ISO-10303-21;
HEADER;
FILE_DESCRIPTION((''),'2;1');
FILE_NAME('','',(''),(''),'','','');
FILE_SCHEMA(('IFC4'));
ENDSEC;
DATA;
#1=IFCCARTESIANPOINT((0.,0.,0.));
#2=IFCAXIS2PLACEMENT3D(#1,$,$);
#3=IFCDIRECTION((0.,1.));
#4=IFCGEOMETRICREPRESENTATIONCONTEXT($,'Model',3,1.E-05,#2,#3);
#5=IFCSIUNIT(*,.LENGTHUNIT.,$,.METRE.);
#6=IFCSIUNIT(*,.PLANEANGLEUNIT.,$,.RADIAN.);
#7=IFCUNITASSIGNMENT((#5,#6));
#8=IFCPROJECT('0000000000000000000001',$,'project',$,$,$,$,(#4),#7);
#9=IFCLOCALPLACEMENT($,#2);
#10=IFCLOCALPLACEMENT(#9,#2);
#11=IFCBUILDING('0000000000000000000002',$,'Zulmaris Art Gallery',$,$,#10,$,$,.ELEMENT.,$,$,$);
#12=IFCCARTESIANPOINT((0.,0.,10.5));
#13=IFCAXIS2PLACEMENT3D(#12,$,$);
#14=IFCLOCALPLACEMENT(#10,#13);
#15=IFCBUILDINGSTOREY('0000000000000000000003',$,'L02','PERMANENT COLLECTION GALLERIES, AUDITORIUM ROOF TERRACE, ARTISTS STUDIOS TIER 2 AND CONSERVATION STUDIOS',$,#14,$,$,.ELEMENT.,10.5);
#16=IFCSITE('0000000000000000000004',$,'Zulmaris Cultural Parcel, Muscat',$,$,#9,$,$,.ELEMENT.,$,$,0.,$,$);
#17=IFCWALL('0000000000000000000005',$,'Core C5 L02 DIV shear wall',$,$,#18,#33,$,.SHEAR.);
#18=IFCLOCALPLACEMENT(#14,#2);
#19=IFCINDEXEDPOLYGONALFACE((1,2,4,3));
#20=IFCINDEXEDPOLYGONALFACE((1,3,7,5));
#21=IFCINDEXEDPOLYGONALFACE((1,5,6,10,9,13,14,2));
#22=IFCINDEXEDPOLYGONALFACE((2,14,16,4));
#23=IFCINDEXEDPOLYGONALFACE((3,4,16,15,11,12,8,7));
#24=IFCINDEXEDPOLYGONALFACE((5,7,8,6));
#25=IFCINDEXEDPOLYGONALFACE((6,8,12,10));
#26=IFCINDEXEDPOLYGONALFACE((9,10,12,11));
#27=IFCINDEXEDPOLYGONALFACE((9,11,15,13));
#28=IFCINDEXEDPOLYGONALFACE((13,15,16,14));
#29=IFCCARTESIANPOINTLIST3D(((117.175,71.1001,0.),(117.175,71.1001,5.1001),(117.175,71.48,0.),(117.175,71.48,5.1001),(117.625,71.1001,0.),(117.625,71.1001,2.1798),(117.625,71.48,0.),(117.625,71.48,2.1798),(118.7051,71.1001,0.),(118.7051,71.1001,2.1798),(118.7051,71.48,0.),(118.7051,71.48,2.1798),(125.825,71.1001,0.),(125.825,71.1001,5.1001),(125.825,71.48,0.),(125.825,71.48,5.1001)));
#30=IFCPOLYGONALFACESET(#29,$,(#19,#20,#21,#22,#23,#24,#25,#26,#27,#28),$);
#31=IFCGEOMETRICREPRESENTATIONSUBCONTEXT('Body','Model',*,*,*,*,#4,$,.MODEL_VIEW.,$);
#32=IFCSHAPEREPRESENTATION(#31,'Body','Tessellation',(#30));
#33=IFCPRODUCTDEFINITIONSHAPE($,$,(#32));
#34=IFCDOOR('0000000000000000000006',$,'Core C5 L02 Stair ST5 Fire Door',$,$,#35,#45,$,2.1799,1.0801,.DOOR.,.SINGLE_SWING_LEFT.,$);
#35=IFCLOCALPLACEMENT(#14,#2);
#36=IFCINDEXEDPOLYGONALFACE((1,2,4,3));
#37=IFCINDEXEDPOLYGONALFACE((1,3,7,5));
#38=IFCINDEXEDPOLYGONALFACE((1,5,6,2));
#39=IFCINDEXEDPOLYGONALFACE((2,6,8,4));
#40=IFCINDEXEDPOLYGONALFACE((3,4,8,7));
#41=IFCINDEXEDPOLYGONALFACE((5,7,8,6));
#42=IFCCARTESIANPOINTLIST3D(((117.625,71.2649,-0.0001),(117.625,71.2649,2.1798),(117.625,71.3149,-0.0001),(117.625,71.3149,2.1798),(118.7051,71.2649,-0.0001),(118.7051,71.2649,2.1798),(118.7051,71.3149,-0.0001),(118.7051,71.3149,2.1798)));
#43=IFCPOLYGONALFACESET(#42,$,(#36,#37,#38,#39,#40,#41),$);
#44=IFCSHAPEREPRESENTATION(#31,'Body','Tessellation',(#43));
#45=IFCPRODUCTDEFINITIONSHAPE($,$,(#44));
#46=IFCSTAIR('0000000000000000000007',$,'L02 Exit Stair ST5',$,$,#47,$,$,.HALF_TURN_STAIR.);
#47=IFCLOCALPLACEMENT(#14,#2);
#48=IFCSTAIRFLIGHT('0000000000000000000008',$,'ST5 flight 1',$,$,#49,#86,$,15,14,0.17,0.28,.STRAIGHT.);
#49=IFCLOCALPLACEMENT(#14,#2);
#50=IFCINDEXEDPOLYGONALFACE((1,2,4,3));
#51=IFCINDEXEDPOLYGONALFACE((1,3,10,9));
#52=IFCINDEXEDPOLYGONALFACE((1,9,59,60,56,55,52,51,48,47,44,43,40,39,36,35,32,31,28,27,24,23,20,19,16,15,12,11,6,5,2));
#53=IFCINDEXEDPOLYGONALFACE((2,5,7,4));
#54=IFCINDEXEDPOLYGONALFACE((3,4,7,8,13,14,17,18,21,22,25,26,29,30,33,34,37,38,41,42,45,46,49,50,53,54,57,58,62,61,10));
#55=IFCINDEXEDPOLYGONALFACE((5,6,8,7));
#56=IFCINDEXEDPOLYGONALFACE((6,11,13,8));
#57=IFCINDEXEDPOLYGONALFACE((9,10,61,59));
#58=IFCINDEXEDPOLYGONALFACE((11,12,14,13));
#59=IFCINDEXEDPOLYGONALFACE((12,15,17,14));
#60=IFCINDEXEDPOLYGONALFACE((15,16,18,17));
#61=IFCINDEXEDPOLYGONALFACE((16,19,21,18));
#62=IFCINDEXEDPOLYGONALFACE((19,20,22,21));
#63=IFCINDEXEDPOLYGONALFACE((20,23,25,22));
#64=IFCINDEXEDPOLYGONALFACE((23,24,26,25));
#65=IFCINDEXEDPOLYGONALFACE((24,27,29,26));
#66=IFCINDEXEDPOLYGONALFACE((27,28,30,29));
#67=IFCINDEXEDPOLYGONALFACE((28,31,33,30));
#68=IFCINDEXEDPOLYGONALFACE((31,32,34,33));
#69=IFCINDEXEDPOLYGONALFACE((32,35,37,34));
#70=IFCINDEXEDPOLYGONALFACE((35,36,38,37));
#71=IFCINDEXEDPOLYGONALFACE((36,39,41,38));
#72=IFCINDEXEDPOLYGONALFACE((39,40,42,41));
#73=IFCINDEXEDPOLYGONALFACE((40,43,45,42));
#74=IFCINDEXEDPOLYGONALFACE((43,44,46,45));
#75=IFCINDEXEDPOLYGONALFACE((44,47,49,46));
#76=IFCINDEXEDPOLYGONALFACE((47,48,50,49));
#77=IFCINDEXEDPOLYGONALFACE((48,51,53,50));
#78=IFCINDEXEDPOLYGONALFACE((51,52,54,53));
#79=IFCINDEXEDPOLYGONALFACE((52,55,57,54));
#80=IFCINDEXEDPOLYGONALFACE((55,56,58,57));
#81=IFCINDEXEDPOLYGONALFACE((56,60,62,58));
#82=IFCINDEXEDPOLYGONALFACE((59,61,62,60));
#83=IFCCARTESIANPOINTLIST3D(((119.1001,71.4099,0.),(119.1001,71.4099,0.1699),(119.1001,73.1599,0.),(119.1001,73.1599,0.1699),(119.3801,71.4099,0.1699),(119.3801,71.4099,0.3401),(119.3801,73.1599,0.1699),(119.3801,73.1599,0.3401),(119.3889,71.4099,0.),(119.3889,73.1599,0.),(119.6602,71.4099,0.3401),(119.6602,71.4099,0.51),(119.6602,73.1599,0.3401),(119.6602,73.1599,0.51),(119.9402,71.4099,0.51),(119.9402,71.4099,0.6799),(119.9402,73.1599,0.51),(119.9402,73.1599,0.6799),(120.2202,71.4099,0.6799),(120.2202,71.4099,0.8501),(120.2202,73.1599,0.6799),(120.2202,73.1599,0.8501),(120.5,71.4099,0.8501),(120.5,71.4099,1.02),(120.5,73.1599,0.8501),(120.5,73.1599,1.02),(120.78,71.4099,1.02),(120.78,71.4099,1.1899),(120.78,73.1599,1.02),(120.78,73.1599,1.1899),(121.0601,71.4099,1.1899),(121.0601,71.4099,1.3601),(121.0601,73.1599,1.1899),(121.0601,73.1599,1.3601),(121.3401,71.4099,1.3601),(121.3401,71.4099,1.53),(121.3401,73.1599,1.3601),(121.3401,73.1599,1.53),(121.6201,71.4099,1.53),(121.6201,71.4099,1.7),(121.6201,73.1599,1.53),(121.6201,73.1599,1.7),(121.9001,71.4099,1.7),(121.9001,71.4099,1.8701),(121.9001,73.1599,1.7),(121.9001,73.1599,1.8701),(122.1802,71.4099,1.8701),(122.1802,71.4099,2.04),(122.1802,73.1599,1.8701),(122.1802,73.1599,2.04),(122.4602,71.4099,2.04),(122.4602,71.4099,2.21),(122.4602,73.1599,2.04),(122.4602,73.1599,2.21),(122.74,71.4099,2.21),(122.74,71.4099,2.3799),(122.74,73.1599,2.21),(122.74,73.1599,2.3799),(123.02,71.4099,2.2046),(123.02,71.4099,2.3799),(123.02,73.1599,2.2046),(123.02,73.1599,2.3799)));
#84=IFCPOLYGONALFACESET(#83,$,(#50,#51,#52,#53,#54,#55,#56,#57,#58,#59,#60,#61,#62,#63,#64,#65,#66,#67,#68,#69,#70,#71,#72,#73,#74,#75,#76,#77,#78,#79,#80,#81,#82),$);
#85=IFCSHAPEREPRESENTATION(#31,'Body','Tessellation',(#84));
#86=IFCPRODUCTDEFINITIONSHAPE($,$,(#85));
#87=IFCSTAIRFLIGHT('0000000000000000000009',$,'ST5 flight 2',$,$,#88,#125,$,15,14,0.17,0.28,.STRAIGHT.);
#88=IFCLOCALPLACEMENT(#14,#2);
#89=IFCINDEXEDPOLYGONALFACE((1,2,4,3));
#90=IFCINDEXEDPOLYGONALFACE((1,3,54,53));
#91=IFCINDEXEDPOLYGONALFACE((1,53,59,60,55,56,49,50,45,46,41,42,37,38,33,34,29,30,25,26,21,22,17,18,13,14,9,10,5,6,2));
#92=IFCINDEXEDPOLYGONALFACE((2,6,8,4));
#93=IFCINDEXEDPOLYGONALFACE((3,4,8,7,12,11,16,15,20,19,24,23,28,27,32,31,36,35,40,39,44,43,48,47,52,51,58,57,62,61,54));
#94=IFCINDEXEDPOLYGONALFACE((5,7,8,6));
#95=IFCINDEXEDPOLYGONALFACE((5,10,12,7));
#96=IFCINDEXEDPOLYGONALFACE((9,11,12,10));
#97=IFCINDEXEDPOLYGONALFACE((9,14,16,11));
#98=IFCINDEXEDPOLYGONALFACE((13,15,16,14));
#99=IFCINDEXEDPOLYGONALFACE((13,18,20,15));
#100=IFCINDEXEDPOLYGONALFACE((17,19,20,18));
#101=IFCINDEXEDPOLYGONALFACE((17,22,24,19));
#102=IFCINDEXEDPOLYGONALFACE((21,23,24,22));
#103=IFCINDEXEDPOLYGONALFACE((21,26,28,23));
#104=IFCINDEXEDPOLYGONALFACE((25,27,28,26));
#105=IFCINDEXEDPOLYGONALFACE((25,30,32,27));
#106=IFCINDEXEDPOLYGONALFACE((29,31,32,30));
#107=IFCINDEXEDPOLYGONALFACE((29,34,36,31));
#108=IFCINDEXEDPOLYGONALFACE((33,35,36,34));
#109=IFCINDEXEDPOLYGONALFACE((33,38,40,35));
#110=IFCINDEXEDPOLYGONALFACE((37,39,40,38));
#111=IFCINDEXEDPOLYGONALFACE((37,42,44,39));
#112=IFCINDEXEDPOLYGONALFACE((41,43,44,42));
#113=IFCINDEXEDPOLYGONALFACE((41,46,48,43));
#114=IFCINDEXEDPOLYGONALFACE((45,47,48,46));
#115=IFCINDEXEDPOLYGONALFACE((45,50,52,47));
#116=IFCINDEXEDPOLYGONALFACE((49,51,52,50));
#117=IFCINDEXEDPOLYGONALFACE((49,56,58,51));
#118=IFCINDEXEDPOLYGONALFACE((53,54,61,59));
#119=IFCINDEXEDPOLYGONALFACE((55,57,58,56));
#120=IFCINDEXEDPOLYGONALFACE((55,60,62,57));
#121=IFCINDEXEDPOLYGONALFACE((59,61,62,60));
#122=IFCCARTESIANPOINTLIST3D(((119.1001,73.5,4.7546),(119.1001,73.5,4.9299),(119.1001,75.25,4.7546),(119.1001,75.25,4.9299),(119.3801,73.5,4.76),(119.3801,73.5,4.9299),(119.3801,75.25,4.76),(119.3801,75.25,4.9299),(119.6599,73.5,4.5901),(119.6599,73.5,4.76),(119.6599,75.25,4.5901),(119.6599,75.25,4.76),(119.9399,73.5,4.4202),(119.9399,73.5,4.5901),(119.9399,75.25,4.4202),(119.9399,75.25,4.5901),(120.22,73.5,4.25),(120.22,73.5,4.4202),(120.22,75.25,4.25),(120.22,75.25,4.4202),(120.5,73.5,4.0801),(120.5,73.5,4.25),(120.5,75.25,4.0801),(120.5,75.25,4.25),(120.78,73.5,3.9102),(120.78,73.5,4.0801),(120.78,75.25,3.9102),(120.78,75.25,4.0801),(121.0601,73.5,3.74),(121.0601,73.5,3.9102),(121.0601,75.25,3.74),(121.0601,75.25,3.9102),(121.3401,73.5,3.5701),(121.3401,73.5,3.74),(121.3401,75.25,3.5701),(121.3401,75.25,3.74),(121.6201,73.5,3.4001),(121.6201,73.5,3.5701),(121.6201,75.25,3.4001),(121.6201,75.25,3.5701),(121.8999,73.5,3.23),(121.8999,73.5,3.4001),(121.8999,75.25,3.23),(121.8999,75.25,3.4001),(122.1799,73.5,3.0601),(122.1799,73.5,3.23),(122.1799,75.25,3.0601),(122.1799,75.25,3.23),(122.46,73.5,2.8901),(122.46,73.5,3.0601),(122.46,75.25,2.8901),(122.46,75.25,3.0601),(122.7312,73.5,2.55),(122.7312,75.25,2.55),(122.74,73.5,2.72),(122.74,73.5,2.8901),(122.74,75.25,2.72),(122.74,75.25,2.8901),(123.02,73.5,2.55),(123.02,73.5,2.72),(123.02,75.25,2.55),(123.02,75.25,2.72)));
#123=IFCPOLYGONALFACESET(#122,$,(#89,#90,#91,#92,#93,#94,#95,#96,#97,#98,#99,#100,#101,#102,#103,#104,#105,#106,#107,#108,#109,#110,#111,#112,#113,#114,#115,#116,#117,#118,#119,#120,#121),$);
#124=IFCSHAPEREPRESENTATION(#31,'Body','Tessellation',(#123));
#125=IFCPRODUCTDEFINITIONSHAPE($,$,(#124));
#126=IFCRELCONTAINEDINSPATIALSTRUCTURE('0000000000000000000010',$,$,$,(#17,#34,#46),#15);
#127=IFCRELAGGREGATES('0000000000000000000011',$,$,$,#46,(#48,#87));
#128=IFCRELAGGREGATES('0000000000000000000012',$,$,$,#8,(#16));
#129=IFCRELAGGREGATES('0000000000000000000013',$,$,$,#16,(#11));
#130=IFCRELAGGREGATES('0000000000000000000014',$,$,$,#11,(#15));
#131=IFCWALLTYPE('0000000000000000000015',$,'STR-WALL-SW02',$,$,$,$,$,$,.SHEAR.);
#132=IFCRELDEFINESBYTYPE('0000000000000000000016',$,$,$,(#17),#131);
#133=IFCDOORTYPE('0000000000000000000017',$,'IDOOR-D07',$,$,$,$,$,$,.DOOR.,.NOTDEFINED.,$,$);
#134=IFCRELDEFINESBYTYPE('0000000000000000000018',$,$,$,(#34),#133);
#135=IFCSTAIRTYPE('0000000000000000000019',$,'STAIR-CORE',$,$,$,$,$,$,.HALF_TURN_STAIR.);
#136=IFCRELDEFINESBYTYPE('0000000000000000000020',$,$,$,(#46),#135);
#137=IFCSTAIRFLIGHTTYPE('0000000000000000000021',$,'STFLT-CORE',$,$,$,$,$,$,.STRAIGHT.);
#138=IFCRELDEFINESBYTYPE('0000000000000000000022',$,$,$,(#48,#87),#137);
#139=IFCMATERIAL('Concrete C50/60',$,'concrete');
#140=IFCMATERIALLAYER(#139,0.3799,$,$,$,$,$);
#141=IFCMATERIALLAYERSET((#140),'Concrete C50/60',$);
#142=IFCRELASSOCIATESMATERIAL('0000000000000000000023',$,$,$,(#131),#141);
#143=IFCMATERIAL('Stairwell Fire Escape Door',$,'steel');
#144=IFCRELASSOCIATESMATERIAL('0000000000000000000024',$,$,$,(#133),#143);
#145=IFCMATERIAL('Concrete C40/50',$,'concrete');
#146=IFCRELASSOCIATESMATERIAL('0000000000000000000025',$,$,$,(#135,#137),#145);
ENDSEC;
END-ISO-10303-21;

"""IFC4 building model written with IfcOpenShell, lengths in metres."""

from ifc_helpers import new_model, si_unit, direction, frame, frame_2d, origin, place, context, subcontext, project, spatial, polyline, rectangle, outline, extrude, material, layer, layer_set, type_object, element, fill, aggregate, save


model = new_model("IFC4")

# Units and contexts
model_context = context("Model", 3, precision=1e-05, world=origin(), true_north=direction((0.0, 1.0)))
body_context = subcontext(model_context, "Body", "Model", "MODEL_VIEW")
ifc_project = project(units=[si_unit("LENGTHUNIT", "METRE"), si_unit("PLANEANGLEUNIT", "RADIAN")], contexts=[model_context])

# Site, building, storey
site_placement = place(None, origin())
site = spatial("IfcSite", under=ifc_project, at=site_placement, Name="Zulmaris Cultural Parcel, Muscat", CompositionType="ELEMENT", RefElevation=0.0)
building_placement = place(site_placement, origin())
building = spatial("IfcBuilding", under=site, at=building_placement, Name="Zulmaris Art Gallery", CompositionType="ELEMENT")
storey_placement = place(building_placement, frame((0.0, 0.0, 10.5)))
storey = spatial("IfcBuildingStorey", under=building, at=storey_placement, Name="L02", Description="PERMANENT COLLECTION GALLERIES, AUDITORIUM ROOF TERRACE, ARTISTS STUDIOS TIER 2 AND CONSERVATION STUDIOS", CompositionType="ELEMENT", Elevation=10.5)

# Shared definitions
ifc_material_1 = material(Name="Concrete C40/50", Category="concrete")

# Shared definitions
ifc_material_2 = material(Name="Concrete C50/60", Category="concrete")

# Wall, opening, door
ifc_layer_1 = layer(ifc_material_2, 0.3799)
ifc_layer_set_1 = layer_set([ifc_layer_1], Name="Concrete C50/60")
wall_type_1 = type_object("IfcWallType", Name="STR-WALL-SW02", PredefinedType="SHEAR", material=ifc_layer_set_1)
wall_1_placement = place(storey_placement, frame((117.175, 71.29, 0.0), z_axis=(0.0, 0.0, 1.0), x_axis=(1.0, 0.0, 0.0)))
wall_1 = element("IfcWall", 1, at=wall_1_placement, inside=storey, type_object=wall_type_1, Name="Core C5 L02 DIV shear wall", PredefinedType="SHEAR", context=body_context, shape_type="SweptSolid", body=[
    extrude(rectangle(XDim=8.6499, YDim=0.3799, at=frame_2d((4.325, 0.0))), origin(), (0.0, 0.0, 1.0), 5.1001),
])
opening_1_placement = place(wall_1_placement, frame((0.45, 0.0, 0.0)))
opening_1 = element("IfcOpeningElement", 2, at=opening_1_placement, cuts=wall_1, PredefinedType="OPENING", context=body_context, shape_type="SweptSolid", body=[
    extrude(rectangle(XDim=1.0801, YDim=2.1799, at=frame_2d((0.54, 1.0898))), frame((0.0, 0.2, 0.0), z_axis=(0.0, -1.0, 0.0), x_axis=(1.0, 0.0, 0.0)), (0.0, 0.0, 1.0), 0.3999),
])
ifc_material_3 = material(Name="Stairwell Fire Escape Door", Category="steel")
door_type_1 = type_object("IfcDoorType", Name="IDOOR-D07", OperationType="NOTDEFINED", PredefinedType="DOOR", material=ifc_material_3)
door_1_placement = place(opening_1_placement, origin())
door_1 = element("IfcDoor", 3, at=door_1_placement, inside=storey, type_object=door_type_1, Name="Core C5 L02 Stair ST5 Fire Door", OperationType="SINGLE_SWING_LEFT", OverallHeight=2.1799, OverallWidth=1.0801, PredefinedType="DOOR", context=body_context, shape_type="SweptSolid", body=[
    extrude(rectangle(XDim=1.0801, YDim=2.1799, at=frame_2d((0.54, 1.0898))), frame((0.0, 0.0249, 0.0), z_axis=(0.0, -1.0, 0.0), x_axis=(1.0, 0.0, 0.0)), (0.0, 0.0, 1.0), 0.05),
])
fill(opening_1, door_1)

# Stair, stair flights
stair_type = type_object("IfcStairType", Name="STAIR-CORE", PredefinedType="HALF_TURN_STAIR", material=ifc_material_1)
stair_placement = place(storey_placement, origin())
stair = element("IfcStair", 4, at=stair_placement, inside=storey, type_object=stair_type, Name="L02 Exit Stair ST5", PredefinedType="HALF_TURN_STAIR")
stair_flight_type = type_object("IfcStairFlightType", Name="STFLT-CORE", PredefinedType="STRAIGHT", material=ifc_material_1)
stair_flight_1_placement = place(storey_placement, frame((119.1001, 72.2849, 0.0), z_axis=(0.0, 0.0, 1.0), x_axis=(1.0, 0.0, 0.0)))
stair_flight_1 = element("IfcStairFlight", 5, at=stair_flight_1_placement, type_object=stair_flight_type, Name="ST5 flight 1", NumberOfRisers=15, NumberOfTreads=14, PredefinedType="STRAIGHT", RiserHeight=0.17, TreadLength=0.28, context=body_context, shape_type="SweptSolid", body=[
    extrude(outline(polyline([(0.0, 0.0), (0.0, 0.1699), (0.28, 0.1699), (0.28, 0.3401), (0.5601, 0.3401), (0.5601, 0.51), (0.8401, 0.51), (0.8401, 0.6799), (1.1201, 0.6799), (1.1201, 0.8501), (1.3999, 0.8501), (1.3999, 1.02), (1.6799, 1.02), (1.6799, 1.1899), (1.96, 1.1899), (1.96, 1.3601), (2.24, 1.3601), (2.24, 1.53), (2.52, 1.53), (2.52, 1.7), (2.8, 1.7), (2.8, 1.8701), (3.0801, 1.8701), (3.0801, 2.04), (3.3601, 2.04), (3.3601, 2.21), (3.6399, 2.21), (3.6399, 2.3799), (3.9199, 2.3799), (3.9199, 2.55), (3.9199, 2.2046), (0.2888, 0.0), (0.0, 0.0)])), frame((0.0, 0.875, 0.0), z_axis=(0.0, -1.0, 0.0), x_axis=(1.0, 0.0, 0.0)), (0.0, 0.0, 1.0), 1.75),
])
stair_flight_2_placement = place(storey_placement, frame((123.02, 74.375, 2.55), z_axis=(0.0, 0.0, 1.0), x_axis=(-1.0, 0.0, 0.0)))
stair_flight_2 = element("IfcStairFlight", 6, at=stair_flight_2_placement, type_object=stair_flight_type, Name="ST5 flight 2", NumberOfRisers=15, NumberOfTreads=14, PredefinedType="STRAIGHT", RiserHeight=0.17, TreadLength=0.28, context=body_context, shape_type="SweptSolid", body=[
    extrude(outline(polyline([(0.0, 0.0), (0.0, 0.1699), (0.28, 0.1699), (0.28, 0.3401), (0.5601, 0.3401), (0.5601, 0.51), (0.8401, 0.51), (0.8401, 0.6799), (1.1201, 0.6799), (1.1201, 0.8501), (1.3999, 0.8501), (1.3999, 1.02), (1.6799, 1.02), (1.6799, 1.1899), (1.96, 1.1899), (1.96, 1.3601), (2.24, 1.3601), (2.24, 1.53), (2.52, 1.53), (2.52, 1.7), (2.8, 1.7), (2.8, 1.8701), (3.0801, 1.8701), (3.0801, 2.04), (3.3601, 2.04), (3.3601, 2.21), (3.6399, 2.21), (3.6399, 2.3799), (3.9199, 2.3799), (3.9199, 2.55), (3.9199, 2.2046), (0.2888, 0.0), (0.0, 0.0)])), frame((0.0, 0.875, 0.0), z_axis=(0.0, -1.0, 0.0), x_axis=(1.0, 0.0, 0.0)), (0.0, 0.0, 1.0), 1.75),
])
aggregate(stair, [stair_flight_1, stair_flight_2])

save(model, "model.ifc")
